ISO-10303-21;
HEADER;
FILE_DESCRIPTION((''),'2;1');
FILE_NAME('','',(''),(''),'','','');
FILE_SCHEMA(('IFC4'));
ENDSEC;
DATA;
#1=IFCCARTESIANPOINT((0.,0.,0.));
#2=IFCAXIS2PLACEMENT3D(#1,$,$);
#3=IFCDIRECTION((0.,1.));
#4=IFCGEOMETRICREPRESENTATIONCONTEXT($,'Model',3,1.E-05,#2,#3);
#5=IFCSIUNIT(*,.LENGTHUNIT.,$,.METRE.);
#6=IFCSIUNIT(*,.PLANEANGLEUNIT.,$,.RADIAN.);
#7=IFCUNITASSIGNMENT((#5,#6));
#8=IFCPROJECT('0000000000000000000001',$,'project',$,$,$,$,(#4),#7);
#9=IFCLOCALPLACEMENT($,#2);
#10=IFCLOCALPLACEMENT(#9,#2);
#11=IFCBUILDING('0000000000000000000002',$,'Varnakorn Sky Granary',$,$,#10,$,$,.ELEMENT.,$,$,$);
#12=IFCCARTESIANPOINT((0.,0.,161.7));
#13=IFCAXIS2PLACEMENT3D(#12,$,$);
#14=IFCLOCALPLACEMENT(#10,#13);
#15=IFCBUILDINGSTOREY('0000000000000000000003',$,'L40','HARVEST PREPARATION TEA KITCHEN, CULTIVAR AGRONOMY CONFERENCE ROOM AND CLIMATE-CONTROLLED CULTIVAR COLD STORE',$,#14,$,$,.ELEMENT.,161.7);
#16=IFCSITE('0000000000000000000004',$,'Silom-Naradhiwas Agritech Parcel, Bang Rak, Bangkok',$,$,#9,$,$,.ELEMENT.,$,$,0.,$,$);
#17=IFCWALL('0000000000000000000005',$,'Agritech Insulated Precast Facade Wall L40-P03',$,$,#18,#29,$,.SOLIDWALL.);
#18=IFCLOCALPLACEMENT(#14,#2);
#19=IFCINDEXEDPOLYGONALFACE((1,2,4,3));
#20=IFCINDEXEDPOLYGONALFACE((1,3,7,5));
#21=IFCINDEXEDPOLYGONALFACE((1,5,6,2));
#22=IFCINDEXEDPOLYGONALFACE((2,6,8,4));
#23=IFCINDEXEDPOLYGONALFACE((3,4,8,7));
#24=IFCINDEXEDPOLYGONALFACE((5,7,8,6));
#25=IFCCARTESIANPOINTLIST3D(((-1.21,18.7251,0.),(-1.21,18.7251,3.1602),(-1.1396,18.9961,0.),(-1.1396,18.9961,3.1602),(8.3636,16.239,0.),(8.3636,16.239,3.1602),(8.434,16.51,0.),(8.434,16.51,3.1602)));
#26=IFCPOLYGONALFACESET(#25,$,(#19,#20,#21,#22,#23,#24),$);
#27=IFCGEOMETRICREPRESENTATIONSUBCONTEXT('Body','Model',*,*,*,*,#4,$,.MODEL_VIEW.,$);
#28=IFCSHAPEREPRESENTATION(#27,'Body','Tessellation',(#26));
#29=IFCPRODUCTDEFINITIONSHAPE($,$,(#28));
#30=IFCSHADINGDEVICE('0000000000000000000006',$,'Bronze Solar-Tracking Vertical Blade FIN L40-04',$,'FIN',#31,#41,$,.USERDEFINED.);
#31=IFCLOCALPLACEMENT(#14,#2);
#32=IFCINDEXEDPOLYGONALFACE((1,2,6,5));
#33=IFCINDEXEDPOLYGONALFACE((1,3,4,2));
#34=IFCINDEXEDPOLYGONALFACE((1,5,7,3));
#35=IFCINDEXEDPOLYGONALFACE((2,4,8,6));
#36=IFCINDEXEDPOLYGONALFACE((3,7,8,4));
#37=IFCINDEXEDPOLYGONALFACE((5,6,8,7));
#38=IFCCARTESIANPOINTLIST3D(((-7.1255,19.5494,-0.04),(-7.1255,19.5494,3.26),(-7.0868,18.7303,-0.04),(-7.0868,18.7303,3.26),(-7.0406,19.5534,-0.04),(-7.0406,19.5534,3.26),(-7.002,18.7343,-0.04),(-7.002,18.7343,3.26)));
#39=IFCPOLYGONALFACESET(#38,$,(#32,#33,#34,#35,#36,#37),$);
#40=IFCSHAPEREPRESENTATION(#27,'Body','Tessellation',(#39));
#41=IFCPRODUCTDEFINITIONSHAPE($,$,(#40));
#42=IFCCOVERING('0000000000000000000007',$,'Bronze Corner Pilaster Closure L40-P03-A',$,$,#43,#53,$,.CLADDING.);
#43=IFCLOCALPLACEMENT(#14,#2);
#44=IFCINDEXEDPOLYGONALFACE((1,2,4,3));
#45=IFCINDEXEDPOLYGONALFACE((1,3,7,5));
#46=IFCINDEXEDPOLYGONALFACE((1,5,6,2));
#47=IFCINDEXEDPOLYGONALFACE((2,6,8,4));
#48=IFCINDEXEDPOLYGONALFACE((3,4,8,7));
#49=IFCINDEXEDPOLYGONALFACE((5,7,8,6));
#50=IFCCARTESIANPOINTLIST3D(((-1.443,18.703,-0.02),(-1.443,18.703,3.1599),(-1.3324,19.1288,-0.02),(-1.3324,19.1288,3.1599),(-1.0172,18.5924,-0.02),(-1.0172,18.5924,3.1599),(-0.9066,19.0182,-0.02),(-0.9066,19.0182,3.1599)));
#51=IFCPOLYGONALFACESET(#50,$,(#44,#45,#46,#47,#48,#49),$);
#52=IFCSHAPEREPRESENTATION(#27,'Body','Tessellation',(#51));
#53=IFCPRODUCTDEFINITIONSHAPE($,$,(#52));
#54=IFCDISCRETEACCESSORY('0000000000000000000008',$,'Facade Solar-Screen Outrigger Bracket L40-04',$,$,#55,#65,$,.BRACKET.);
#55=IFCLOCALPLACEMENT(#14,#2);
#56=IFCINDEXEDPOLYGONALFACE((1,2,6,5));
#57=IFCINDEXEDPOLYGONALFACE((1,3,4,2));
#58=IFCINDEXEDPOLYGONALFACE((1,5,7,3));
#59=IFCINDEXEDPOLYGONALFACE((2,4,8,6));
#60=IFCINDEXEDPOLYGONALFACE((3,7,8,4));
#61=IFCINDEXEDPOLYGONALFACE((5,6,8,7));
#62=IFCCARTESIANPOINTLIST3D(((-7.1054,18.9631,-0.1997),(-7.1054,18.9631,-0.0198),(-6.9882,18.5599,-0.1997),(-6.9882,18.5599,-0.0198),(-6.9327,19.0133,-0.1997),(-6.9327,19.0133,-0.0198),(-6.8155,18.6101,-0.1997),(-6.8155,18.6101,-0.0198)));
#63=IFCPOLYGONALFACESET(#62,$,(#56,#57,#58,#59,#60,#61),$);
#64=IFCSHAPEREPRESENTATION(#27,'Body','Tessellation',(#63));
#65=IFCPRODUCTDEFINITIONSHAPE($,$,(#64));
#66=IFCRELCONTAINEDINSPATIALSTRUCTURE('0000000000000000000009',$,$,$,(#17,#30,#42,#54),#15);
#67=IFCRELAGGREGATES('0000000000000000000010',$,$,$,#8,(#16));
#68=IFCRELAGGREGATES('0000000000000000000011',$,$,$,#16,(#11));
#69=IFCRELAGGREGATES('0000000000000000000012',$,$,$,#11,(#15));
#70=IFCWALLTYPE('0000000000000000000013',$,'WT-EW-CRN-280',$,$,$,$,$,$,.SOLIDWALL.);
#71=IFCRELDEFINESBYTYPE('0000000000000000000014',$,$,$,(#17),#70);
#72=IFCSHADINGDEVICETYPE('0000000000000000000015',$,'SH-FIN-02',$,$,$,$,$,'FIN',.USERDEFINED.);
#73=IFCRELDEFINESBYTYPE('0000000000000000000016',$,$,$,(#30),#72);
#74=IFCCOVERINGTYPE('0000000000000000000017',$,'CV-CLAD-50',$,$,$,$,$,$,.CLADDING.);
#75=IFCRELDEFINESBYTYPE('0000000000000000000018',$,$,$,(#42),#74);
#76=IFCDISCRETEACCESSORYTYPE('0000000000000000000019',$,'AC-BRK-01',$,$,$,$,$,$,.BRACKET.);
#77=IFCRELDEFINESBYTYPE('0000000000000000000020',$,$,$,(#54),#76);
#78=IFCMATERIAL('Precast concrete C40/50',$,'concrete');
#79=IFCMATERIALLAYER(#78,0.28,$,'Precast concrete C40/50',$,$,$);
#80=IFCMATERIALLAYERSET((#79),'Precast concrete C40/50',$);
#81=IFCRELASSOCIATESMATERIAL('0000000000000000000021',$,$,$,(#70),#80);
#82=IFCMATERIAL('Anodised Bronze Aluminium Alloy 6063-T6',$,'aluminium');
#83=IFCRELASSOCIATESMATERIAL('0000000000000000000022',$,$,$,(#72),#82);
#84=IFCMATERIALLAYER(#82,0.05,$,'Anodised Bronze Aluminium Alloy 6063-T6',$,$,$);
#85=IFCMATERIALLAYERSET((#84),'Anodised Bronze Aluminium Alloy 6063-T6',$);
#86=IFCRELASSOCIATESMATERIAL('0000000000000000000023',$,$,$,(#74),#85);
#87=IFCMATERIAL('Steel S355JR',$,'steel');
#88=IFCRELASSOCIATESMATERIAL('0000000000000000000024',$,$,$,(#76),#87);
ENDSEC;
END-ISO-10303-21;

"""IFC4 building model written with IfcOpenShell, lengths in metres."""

from ifc_helpers import new_model, si_unit, direction, frame, frame_2d, origin, origin_2d, place, context, subcontext, project, spatial, rectangle, extrude, source, transform, mapped, material, layer, layer_set, type_object, type_shapes, element, save


model = new_model("IFC4")

# Units and contexts
model_context = context("Model", 3, precision=1e-05, world=origin(), true_north=direction((0.0, 1.0)))
body_context = subcontext(model_context, "Body", "Model", "MODEL_VIEW")
ifc_project = project(units=[si_unit("LENGTHUNIT", "METRE"), si_unit("PLANEANGLEUNIT", "RADIAN")], contexts=[model_context])

# Site, building, storey
site_placement = place(None, origin())
site = spatial("IfcSite", under=ifc_project, at=site_placement, Name="Silom-Naradhiwas Agritech Parcel, Bang Rak, Bangkok", CompositionType="ELEMENT", RefElevation=0.0)
building_placement = place(site_placement, origin())
building = spatial("IfcBuilding", under=site, at=building_placement, Name="Varnakorn Sky Granary", CompositionType="ELEMENT")
storey_placement = place(building_placement, frame((0.0, 0.0, 161.7)))
storey = spatial("IfcBuildingStorey", under=building, at=storey_placement, Name="L40", Description="HARVEST PREPARATION TEA KITCHEN, CULTIVAR AGRONOMY CONFERENCE ROOM AND CLIMATE-CONTROLLED CULTIVAR COLD STORE", CompositionType="ELEMENT", Elevation=161.7)

# Shared definitions
ifc_material_1 = material(Name="Steel S355JR", Category="steel")

# Shared definitions
ifc_material_2 = material(Name="Anodised Bronze Aluminium Alloy 6063-T6", Category="aluminium")

# Wall
ifc_material_3 = material(Name="Precast concrete C40/50", Category="concrete")
ifc_layer_1 = layer(ifc_material_3, 0.28, Name="Precast concrete C40/50")
ifc_layer_set_1 = layer_set([ifc_layer_1], Name="Precast concrete C40/50")
wall_type = type_object("IfcWallType", Name="WT-EW-CRN-280", PredefinedType="SOLIDWALL", material=ifc_layer_set_1)
wall_placement = place(storey_placement, frame((-1.1748, 18.8606, 0.0), z_axis=(0.0, 0.0, 1.0), x_axis=(0.967897, -0.251348, 0.0)))
element("IfcWall", 1, at=wall_placement, inside=storey, type_object=wall_type, Name="Agritech Insulated Precast Facade Wall L40-P03", PredefinedType="SOLIDWALL", context=body_context, shape_type="SweptSolid", body=[
    extrude(rectangle(XDim=9.8911, YDim=0.28, at=frame_2d((4.9456, 0.0))), origin(), (0.0, 0.0, 1.0), 3.1602),
])

# Shading device
shading_device_type = type_object("IfcShadingDeviceType", Name="SH-FIN-02", ElementType="FIN", PredefinedType="USERDEFINED", material=ifc_material_2)
shared_shape_1 = source(origin(), body_context, "Body", "SweptSolid", [
    extrude(rectangle(XDim=0.085, YDim=0.8201, at=origin_2d()), origin(), (0.0, 0.0, 1.0), 3.3),
])
type_shapes(shading_device_type, [shared_shape_1])
shading_device_placement = place(storey_placement, frame((-7.0637, 19.1418, -0.04), z_axis=(0.0, 0.0, 1.0), x_axis=(-0.99889, -0.047098, 0.0)))
element("IfcShadingDevice", 2, at=shading_device_placement, inside=storey, type_object=shading_device_type, Name="Bronze Solar-Tracking Vertical Blade FIN L40-04", ObjectType="FIN", PredefinedType="USERDEFINED", context=body_context, shape_type="MappedRepresentation", body=[
    mapped(shared_shape_1, transform((0.0, 0.0, 0.0), x_axis=(1.0, 0.0, 0.0), y_axis=(0.0, 1.0, 0.0), z_axis=(0.0, 0.0, 1.0), scale=1.0)),
])

# Covering
ifc_layer_2 = layer(ifc_material_2, 0.05, Name="Anodised Bronze Aluminium Alloy 6063-T6")
ifc_layer_set_2 = layer_set([ifc_layer_2], Name="Anodised Bronze Aluminium Alloy 6063-T6")
covering_type = type_object("IfcCoveringType", Name="CV-CLAD-50", PredefinedType="CLADDING", material=ifc_layer_set_2)
shared_shape_2 = source(origin(), body_context, "Body", "SweptSolid", [
    extrude(rectangle(XDim=0.4399, YDim=0.4399, at=origin_2d()), origin(), (0.0, 0.0, 1.0), 3.1799),
])
type_shapes(covering_type, [shared_shape_2])
covering_placement = place(storey_placement, frame((-1.1748, 18.8606, -0.02), z_axis=(0.0, 0.0, 1.0), x_axis=(0.967885, -0.251394, 0.0)))
element("IfcCovering", 3, at=covering_placement, inside=storey, type_object=covering_type, Name="Bronze Corner Pilaster Closure L40-P03-A", PredefinedType="CLADDING", context=body_context, shape_type="MappedRepresentation", body=[
    mapped(shared_shape_2, transform((0.0, 0.0, 0.0), x_axis=(1.0, 0.0, 0.0), y_axis=(0.0, 1.0, 0.0), z_axis=(0.0, 0.0, 1.0), scale=1.0)),
])

# Discrete accessory
discrete_accessory_type = type_object("IfcDiscreteAccessoryType", Name="AC-BRK-01", PredefinedType="BRACKET", material=ifc_material_1)
shared_shape_3 = source(origin(), body_context, "Body", "SweptSolid", [
    extrude(rectangle(XDim=0.1799, YDim=0.4199, at=origin_2d()), origin(), (0.0, 0.0, 1.0), 0.1799),
])
type_shapes(discrete_accessory_type, [shared_shape_3])
discrete_accessory_placement = place(storey_placement, frame((-6.9604, 18.7866, -0.1997), z_axis=(0.0, 0.0, 1.0), x_axis=(-0.960261, -0.279104, 0.0)))
element("IfcDiscreteAccessory", 4, at=discrete_accessory_placement, inside=storey, type_object=discrete_accessory_type, Name="Facade Solar-Screen Outrigger Bracket L40-04", PredefinedType="BRACKET", context=body_context, shape_type="MappedRepresentation", body=[
    mapped(shared_shape_3, transform((0.0, 0.0, 0.0), x_axis=(1.0, 0.0, 0.0), y_axis=(0.0, 1.0, 0.0), z_axis=(0.0, 0.0, 1.0), scale=1.0)),
])

save(model, "model.ifc")
